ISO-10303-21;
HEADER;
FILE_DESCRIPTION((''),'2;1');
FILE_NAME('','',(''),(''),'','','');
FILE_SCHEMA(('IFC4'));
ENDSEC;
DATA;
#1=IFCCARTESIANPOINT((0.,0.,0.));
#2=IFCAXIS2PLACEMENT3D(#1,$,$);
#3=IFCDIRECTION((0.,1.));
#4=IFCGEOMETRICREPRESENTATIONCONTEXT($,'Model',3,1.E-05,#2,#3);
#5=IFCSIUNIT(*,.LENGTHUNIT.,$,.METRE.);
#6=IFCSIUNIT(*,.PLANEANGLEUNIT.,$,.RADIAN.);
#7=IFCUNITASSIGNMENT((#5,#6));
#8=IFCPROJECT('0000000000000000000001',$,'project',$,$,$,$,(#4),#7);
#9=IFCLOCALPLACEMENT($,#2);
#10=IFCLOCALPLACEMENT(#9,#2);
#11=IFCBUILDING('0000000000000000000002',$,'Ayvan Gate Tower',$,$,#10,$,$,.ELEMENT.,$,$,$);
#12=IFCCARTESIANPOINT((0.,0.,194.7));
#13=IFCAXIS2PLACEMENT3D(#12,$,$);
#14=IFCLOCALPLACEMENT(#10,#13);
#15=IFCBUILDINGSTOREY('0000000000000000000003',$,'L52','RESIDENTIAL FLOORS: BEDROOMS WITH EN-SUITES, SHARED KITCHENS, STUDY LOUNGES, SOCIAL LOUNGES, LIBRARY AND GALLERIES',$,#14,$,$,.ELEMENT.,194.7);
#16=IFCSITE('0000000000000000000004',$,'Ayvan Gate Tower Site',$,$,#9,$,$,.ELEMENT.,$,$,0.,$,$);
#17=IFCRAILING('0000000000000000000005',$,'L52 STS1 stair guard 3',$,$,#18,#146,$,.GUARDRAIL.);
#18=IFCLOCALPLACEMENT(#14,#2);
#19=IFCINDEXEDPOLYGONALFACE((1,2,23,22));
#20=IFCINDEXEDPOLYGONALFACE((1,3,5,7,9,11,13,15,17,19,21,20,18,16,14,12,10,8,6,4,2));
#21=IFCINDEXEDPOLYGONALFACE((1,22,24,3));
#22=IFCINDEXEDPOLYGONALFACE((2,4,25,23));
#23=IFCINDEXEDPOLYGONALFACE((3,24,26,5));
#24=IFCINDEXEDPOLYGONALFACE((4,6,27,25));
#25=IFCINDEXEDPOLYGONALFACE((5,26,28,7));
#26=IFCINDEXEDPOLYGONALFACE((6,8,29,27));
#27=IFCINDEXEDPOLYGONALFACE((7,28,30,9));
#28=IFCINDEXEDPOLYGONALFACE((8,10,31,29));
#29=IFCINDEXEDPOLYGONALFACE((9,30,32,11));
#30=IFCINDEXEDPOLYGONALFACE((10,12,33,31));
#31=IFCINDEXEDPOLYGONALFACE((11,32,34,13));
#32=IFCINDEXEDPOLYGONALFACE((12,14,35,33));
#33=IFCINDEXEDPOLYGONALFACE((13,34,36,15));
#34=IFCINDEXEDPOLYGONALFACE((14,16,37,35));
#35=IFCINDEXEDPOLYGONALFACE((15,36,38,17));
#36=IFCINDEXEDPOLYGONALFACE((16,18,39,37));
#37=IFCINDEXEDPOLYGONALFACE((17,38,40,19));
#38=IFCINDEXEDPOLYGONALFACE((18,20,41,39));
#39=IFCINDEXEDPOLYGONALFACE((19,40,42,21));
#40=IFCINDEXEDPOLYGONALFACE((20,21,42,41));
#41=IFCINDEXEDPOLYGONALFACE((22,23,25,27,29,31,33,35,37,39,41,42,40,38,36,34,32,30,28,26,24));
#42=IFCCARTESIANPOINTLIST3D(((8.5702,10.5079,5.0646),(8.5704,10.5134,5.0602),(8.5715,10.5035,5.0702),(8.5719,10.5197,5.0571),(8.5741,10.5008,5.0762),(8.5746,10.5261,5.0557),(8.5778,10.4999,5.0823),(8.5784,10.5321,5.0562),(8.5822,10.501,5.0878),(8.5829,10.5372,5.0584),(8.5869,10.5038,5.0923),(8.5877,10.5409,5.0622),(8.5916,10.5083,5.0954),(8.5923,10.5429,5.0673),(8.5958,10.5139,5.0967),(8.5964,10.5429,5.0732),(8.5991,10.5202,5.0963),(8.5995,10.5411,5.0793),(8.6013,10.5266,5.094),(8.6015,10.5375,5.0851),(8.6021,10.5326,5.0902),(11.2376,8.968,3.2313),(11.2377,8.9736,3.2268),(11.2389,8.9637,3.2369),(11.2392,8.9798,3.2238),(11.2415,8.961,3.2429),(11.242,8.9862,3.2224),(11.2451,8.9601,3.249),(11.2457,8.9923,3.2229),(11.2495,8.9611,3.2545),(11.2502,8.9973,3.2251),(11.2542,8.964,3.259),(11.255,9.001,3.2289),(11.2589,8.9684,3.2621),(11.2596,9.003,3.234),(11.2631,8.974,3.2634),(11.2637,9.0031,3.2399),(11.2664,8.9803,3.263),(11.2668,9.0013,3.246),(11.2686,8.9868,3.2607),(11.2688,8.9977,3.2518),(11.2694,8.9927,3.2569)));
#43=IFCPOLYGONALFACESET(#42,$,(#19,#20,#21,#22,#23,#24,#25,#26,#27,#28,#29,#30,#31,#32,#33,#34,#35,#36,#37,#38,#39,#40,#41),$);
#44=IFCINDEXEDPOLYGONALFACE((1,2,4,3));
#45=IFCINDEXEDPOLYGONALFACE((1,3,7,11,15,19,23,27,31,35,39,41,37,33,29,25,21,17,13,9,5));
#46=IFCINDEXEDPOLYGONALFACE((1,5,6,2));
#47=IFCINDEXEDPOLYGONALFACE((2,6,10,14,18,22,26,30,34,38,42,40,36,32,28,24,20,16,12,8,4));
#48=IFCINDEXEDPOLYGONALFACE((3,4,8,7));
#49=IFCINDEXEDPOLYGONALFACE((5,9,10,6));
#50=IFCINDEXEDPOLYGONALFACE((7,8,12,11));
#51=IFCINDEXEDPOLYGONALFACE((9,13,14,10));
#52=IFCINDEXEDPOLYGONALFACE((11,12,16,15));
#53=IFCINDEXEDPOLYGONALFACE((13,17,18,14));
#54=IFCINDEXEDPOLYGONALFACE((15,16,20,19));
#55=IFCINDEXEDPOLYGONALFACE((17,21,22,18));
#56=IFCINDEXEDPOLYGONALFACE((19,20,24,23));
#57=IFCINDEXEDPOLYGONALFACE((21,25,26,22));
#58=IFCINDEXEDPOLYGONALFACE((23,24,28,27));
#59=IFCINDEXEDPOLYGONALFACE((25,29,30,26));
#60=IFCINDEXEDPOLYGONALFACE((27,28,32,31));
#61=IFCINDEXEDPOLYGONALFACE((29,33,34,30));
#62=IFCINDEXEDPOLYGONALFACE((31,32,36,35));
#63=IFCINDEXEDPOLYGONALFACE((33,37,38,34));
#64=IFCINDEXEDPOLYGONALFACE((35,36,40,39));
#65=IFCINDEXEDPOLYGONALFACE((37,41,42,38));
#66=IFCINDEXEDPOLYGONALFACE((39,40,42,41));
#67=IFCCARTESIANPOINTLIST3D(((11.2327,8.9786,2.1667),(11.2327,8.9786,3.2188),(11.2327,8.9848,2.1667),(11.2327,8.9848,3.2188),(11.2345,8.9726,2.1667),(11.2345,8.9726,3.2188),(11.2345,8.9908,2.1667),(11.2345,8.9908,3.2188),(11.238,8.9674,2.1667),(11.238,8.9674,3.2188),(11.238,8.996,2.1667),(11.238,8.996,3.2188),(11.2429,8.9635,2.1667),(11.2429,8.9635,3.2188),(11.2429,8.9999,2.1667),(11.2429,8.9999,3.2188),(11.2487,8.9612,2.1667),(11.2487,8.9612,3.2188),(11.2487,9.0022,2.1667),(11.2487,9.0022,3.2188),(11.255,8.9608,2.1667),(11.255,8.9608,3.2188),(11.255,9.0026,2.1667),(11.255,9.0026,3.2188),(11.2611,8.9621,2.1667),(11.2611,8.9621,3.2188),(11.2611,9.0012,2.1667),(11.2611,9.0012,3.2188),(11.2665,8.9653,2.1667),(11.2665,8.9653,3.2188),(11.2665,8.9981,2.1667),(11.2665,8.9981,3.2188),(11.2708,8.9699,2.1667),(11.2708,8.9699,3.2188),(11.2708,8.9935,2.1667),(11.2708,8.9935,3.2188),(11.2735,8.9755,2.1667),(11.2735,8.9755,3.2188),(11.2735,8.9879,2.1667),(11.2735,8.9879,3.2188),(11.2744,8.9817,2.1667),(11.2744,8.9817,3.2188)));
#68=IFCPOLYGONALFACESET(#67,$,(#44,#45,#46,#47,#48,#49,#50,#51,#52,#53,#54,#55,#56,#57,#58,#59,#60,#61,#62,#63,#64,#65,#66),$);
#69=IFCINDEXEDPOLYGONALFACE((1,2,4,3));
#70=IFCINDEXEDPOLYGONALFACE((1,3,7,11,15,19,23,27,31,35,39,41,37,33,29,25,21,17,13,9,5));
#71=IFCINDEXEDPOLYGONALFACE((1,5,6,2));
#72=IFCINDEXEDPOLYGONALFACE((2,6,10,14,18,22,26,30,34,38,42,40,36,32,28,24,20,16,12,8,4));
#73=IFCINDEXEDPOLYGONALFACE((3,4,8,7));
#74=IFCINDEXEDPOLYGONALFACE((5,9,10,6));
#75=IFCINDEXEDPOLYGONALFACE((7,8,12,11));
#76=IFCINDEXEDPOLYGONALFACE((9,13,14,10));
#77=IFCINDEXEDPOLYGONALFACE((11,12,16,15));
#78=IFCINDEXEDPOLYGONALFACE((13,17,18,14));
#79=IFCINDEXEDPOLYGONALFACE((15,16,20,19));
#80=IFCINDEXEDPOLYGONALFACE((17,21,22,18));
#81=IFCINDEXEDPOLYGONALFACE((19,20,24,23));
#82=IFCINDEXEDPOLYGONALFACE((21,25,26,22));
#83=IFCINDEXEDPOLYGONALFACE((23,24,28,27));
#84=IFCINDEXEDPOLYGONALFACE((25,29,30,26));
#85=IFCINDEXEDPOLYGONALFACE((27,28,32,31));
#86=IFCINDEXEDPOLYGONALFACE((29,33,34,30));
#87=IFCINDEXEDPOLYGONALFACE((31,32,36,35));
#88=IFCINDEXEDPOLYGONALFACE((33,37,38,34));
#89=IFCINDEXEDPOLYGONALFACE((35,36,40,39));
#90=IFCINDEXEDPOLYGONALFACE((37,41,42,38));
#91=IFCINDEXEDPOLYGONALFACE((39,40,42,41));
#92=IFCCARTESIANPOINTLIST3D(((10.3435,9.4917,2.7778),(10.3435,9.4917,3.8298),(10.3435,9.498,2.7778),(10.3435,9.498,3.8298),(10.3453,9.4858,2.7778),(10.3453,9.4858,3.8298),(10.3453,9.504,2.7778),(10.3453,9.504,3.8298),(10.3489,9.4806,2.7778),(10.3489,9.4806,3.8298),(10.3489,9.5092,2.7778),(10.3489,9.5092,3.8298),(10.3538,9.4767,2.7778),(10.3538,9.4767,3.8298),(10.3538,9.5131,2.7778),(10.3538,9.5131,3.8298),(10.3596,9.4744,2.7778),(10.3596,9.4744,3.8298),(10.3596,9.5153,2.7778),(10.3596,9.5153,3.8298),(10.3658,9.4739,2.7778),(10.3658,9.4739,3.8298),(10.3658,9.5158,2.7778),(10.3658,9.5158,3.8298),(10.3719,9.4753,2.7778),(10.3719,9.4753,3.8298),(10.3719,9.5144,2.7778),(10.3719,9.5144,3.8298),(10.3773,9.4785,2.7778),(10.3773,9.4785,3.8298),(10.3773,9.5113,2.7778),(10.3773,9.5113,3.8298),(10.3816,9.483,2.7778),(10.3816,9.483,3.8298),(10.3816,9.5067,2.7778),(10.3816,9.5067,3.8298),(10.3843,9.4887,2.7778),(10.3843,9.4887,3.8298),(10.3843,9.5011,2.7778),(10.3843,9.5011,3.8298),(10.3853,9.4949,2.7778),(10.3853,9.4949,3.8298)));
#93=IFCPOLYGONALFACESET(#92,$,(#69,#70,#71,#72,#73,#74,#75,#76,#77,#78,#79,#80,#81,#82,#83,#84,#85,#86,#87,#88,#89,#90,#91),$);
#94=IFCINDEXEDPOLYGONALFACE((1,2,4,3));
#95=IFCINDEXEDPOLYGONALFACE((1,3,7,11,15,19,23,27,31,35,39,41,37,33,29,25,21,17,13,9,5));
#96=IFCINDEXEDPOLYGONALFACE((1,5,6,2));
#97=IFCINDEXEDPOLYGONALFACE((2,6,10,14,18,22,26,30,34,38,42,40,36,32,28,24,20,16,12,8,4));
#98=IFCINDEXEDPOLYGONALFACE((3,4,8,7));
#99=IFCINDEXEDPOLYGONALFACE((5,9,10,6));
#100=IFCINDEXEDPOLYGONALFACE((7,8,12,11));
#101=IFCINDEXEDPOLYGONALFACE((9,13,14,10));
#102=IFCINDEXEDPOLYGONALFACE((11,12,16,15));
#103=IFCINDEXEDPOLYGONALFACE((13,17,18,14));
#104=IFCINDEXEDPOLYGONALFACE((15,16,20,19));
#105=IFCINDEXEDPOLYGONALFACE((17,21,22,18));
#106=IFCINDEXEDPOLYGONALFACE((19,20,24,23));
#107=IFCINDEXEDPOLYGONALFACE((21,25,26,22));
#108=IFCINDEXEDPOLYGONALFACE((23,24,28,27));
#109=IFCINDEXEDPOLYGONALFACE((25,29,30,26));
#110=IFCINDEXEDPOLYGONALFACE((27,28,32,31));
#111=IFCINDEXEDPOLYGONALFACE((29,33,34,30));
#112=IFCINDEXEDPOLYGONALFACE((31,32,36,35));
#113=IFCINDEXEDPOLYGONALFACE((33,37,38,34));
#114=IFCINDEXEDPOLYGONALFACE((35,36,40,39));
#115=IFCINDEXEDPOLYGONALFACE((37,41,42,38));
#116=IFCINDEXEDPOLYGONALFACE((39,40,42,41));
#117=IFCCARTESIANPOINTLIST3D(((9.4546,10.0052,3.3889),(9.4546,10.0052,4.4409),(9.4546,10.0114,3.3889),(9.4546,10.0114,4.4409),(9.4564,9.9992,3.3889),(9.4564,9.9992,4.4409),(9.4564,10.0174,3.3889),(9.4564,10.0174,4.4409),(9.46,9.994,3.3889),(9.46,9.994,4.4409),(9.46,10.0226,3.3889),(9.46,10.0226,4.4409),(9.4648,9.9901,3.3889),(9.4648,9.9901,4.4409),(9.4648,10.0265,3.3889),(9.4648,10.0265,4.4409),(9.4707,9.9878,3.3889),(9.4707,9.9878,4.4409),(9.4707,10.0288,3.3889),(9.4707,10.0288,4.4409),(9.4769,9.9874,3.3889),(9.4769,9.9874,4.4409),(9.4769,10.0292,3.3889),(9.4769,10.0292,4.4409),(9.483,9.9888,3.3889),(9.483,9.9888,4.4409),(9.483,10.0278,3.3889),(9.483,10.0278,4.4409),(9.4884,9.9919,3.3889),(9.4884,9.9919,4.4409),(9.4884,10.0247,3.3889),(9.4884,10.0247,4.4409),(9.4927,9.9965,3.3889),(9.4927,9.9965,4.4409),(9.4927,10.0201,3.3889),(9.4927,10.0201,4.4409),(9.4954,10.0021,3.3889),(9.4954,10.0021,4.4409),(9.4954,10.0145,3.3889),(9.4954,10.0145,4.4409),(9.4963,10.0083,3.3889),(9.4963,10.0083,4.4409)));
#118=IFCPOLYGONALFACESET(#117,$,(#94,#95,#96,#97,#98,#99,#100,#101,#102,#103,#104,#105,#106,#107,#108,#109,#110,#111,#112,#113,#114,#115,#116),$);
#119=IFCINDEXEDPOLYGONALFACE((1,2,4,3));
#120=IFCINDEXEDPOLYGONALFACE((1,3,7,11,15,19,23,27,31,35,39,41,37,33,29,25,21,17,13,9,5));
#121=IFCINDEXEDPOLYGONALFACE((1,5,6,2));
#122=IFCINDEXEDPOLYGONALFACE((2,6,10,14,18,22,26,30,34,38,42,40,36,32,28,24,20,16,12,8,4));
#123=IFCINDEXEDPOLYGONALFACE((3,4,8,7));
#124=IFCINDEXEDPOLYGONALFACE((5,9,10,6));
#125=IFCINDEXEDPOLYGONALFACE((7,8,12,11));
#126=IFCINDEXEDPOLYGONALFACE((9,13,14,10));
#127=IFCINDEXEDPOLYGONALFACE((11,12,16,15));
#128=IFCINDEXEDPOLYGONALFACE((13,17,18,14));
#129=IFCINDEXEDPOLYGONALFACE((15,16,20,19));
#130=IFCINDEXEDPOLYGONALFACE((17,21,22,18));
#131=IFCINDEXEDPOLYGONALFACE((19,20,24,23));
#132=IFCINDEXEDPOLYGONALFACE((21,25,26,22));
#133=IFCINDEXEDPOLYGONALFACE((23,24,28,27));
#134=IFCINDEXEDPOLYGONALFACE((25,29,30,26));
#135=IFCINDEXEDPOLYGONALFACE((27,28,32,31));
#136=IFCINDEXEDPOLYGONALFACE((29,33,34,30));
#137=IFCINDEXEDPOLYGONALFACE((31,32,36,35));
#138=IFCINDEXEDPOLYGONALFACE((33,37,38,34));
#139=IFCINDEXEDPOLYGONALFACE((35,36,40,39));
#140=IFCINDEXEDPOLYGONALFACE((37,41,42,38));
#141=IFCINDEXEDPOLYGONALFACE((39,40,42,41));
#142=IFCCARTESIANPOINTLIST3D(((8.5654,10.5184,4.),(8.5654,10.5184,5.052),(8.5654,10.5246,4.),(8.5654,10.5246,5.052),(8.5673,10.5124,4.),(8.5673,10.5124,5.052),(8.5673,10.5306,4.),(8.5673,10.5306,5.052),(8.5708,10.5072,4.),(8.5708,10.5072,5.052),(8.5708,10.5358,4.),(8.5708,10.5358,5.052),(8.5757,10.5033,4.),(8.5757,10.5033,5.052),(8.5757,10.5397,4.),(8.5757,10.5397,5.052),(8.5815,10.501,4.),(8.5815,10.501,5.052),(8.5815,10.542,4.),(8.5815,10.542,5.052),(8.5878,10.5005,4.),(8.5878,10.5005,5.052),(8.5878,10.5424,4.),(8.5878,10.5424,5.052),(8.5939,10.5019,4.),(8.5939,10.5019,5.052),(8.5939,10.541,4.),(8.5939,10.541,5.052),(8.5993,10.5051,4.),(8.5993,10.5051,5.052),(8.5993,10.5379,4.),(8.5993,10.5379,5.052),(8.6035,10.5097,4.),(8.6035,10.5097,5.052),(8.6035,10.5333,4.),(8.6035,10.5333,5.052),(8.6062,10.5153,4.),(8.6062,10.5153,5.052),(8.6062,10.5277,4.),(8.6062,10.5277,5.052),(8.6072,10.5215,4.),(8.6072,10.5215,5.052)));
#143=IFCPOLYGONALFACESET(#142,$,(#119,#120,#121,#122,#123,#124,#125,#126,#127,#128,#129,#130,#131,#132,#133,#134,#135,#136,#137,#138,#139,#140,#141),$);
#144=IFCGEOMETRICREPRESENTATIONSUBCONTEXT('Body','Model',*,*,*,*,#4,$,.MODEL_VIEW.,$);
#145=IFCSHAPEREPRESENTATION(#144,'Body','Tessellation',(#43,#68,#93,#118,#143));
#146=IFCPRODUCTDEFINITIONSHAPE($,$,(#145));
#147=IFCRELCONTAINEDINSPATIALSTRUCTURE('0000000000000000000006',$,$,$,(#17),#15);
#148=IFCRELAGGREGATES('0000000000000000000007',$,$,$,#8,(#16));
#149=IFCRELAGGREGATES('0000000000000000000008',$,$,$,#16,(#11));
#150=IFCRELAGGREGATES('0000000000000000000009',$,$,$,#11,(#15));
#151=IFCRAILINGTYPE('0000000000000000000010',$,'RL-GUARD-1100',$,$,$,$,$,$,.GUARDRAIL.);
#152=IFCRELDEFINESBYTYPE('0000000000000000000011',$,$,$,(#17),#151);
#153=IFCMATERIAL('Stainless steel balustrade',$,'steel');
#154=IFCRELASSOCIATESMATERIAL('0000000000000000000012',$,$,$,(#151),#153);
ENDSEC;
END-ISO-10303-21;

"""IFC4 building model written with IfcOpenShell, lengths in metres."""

from ifc_helpers import new_model, si_unit, direction, frame, origin, origin_2d, place, context, subcontext, project, spatial, circle, extrude, material, type_object, element, save


model = new_model("IFC4")

# Units and contexts
model_context = context("Model", 3, precision=1e-05, world=origin(), true_north=direction((0.0, 1.0)))
body_context = subcontext(model_context, "Body", "Model", "MODEL_VIEW")
ifc_project = project(units=[si_unit("LENGTHUNIT", "METRE"), si_unit("PLANEANGLEUNIT", "RADIAN")], contexts=[model_context])

# Site, building, storey
site_placement = place(None, origin())
site = spatial("IfcSite", under=ifc_project, at=site_placement, Name="Ayvan Gate Tower Site", CompositionType="ELEMENT", RefElevation=0.0)
building_placement = place(site_placement, origin())
building = spatial("IfcBuilding", under=site, at=building_placement, Name="Ayvan Gate Tower", CompositionType="ELEMENT")
storey_placement = place(building_placement, frame((0.0, 0.0, 194.7)))
storey = spatial("IfcBuildingStorey", under=building, at=storey_placement, Name="L52", Description="RESIDENTIAL FLOORS: BEDROOMS WITH EN-SUITES, SHARED KITCHENS, STUDY LOUNGES, SOCIAL LOUNGES, LIBRARY AND GALLERIES", CompositionType="ELEMENT", Elevation=194.7)

# Railing
ifc_material_1 = material(Name="Stainless steel balustrade", Category="steel")
railing_type_1 = type_object("IfcRailingType", Name="RL-GUARD-1100", PredefinedType="GUARDRAIL", material=ifc_material_1)
railing_1_placement = place(storey_placement, frame((11.2534, 8.9817, 2.1667)))
element("IfcRailing", 1, at=railing_1_placement, inside=storey, type_object=railing_type_1, Name="L52 STS1 stair guard 3", PredefinedType="GUARDRAIL", context=body_context, shape_type="SweptSolid", body=[
    extrude(circle(Radius=0.0239, at=origin_2d()), frame((0.0, 0.0, 1.0762), z_axis=(-0.744181, 0.429616, 0.511493), x_axis=(-0.499967, -0.866044, 0.0)), (0.0, 0.0, 1.0), 3.5842),
    extrude(circle(Radius=0.021, at=origin_2d()), origin(), (0.0, 0.0, 1.0), 1.052),
    extrude(circle(Radius=0.021, at=origin_2d()), frame((-0.8892, 0.5132, 0.6111)), (0.0, 0.0, 1.0), 1.052),
    extrude(circle(Radius=0.021, at=origin_2d()), frame((-1.7781, 1.0266, 1.2222)), (0.0, 0.0, 1.0), 1.052),
    extrude(circle(Radius=0.021, at=origin_2d()), frame((-2.6672, 1.5398, 1.8333)), (0.0, 0.0, 1.0), 1.052),
])

save(model, "model.ifc")
